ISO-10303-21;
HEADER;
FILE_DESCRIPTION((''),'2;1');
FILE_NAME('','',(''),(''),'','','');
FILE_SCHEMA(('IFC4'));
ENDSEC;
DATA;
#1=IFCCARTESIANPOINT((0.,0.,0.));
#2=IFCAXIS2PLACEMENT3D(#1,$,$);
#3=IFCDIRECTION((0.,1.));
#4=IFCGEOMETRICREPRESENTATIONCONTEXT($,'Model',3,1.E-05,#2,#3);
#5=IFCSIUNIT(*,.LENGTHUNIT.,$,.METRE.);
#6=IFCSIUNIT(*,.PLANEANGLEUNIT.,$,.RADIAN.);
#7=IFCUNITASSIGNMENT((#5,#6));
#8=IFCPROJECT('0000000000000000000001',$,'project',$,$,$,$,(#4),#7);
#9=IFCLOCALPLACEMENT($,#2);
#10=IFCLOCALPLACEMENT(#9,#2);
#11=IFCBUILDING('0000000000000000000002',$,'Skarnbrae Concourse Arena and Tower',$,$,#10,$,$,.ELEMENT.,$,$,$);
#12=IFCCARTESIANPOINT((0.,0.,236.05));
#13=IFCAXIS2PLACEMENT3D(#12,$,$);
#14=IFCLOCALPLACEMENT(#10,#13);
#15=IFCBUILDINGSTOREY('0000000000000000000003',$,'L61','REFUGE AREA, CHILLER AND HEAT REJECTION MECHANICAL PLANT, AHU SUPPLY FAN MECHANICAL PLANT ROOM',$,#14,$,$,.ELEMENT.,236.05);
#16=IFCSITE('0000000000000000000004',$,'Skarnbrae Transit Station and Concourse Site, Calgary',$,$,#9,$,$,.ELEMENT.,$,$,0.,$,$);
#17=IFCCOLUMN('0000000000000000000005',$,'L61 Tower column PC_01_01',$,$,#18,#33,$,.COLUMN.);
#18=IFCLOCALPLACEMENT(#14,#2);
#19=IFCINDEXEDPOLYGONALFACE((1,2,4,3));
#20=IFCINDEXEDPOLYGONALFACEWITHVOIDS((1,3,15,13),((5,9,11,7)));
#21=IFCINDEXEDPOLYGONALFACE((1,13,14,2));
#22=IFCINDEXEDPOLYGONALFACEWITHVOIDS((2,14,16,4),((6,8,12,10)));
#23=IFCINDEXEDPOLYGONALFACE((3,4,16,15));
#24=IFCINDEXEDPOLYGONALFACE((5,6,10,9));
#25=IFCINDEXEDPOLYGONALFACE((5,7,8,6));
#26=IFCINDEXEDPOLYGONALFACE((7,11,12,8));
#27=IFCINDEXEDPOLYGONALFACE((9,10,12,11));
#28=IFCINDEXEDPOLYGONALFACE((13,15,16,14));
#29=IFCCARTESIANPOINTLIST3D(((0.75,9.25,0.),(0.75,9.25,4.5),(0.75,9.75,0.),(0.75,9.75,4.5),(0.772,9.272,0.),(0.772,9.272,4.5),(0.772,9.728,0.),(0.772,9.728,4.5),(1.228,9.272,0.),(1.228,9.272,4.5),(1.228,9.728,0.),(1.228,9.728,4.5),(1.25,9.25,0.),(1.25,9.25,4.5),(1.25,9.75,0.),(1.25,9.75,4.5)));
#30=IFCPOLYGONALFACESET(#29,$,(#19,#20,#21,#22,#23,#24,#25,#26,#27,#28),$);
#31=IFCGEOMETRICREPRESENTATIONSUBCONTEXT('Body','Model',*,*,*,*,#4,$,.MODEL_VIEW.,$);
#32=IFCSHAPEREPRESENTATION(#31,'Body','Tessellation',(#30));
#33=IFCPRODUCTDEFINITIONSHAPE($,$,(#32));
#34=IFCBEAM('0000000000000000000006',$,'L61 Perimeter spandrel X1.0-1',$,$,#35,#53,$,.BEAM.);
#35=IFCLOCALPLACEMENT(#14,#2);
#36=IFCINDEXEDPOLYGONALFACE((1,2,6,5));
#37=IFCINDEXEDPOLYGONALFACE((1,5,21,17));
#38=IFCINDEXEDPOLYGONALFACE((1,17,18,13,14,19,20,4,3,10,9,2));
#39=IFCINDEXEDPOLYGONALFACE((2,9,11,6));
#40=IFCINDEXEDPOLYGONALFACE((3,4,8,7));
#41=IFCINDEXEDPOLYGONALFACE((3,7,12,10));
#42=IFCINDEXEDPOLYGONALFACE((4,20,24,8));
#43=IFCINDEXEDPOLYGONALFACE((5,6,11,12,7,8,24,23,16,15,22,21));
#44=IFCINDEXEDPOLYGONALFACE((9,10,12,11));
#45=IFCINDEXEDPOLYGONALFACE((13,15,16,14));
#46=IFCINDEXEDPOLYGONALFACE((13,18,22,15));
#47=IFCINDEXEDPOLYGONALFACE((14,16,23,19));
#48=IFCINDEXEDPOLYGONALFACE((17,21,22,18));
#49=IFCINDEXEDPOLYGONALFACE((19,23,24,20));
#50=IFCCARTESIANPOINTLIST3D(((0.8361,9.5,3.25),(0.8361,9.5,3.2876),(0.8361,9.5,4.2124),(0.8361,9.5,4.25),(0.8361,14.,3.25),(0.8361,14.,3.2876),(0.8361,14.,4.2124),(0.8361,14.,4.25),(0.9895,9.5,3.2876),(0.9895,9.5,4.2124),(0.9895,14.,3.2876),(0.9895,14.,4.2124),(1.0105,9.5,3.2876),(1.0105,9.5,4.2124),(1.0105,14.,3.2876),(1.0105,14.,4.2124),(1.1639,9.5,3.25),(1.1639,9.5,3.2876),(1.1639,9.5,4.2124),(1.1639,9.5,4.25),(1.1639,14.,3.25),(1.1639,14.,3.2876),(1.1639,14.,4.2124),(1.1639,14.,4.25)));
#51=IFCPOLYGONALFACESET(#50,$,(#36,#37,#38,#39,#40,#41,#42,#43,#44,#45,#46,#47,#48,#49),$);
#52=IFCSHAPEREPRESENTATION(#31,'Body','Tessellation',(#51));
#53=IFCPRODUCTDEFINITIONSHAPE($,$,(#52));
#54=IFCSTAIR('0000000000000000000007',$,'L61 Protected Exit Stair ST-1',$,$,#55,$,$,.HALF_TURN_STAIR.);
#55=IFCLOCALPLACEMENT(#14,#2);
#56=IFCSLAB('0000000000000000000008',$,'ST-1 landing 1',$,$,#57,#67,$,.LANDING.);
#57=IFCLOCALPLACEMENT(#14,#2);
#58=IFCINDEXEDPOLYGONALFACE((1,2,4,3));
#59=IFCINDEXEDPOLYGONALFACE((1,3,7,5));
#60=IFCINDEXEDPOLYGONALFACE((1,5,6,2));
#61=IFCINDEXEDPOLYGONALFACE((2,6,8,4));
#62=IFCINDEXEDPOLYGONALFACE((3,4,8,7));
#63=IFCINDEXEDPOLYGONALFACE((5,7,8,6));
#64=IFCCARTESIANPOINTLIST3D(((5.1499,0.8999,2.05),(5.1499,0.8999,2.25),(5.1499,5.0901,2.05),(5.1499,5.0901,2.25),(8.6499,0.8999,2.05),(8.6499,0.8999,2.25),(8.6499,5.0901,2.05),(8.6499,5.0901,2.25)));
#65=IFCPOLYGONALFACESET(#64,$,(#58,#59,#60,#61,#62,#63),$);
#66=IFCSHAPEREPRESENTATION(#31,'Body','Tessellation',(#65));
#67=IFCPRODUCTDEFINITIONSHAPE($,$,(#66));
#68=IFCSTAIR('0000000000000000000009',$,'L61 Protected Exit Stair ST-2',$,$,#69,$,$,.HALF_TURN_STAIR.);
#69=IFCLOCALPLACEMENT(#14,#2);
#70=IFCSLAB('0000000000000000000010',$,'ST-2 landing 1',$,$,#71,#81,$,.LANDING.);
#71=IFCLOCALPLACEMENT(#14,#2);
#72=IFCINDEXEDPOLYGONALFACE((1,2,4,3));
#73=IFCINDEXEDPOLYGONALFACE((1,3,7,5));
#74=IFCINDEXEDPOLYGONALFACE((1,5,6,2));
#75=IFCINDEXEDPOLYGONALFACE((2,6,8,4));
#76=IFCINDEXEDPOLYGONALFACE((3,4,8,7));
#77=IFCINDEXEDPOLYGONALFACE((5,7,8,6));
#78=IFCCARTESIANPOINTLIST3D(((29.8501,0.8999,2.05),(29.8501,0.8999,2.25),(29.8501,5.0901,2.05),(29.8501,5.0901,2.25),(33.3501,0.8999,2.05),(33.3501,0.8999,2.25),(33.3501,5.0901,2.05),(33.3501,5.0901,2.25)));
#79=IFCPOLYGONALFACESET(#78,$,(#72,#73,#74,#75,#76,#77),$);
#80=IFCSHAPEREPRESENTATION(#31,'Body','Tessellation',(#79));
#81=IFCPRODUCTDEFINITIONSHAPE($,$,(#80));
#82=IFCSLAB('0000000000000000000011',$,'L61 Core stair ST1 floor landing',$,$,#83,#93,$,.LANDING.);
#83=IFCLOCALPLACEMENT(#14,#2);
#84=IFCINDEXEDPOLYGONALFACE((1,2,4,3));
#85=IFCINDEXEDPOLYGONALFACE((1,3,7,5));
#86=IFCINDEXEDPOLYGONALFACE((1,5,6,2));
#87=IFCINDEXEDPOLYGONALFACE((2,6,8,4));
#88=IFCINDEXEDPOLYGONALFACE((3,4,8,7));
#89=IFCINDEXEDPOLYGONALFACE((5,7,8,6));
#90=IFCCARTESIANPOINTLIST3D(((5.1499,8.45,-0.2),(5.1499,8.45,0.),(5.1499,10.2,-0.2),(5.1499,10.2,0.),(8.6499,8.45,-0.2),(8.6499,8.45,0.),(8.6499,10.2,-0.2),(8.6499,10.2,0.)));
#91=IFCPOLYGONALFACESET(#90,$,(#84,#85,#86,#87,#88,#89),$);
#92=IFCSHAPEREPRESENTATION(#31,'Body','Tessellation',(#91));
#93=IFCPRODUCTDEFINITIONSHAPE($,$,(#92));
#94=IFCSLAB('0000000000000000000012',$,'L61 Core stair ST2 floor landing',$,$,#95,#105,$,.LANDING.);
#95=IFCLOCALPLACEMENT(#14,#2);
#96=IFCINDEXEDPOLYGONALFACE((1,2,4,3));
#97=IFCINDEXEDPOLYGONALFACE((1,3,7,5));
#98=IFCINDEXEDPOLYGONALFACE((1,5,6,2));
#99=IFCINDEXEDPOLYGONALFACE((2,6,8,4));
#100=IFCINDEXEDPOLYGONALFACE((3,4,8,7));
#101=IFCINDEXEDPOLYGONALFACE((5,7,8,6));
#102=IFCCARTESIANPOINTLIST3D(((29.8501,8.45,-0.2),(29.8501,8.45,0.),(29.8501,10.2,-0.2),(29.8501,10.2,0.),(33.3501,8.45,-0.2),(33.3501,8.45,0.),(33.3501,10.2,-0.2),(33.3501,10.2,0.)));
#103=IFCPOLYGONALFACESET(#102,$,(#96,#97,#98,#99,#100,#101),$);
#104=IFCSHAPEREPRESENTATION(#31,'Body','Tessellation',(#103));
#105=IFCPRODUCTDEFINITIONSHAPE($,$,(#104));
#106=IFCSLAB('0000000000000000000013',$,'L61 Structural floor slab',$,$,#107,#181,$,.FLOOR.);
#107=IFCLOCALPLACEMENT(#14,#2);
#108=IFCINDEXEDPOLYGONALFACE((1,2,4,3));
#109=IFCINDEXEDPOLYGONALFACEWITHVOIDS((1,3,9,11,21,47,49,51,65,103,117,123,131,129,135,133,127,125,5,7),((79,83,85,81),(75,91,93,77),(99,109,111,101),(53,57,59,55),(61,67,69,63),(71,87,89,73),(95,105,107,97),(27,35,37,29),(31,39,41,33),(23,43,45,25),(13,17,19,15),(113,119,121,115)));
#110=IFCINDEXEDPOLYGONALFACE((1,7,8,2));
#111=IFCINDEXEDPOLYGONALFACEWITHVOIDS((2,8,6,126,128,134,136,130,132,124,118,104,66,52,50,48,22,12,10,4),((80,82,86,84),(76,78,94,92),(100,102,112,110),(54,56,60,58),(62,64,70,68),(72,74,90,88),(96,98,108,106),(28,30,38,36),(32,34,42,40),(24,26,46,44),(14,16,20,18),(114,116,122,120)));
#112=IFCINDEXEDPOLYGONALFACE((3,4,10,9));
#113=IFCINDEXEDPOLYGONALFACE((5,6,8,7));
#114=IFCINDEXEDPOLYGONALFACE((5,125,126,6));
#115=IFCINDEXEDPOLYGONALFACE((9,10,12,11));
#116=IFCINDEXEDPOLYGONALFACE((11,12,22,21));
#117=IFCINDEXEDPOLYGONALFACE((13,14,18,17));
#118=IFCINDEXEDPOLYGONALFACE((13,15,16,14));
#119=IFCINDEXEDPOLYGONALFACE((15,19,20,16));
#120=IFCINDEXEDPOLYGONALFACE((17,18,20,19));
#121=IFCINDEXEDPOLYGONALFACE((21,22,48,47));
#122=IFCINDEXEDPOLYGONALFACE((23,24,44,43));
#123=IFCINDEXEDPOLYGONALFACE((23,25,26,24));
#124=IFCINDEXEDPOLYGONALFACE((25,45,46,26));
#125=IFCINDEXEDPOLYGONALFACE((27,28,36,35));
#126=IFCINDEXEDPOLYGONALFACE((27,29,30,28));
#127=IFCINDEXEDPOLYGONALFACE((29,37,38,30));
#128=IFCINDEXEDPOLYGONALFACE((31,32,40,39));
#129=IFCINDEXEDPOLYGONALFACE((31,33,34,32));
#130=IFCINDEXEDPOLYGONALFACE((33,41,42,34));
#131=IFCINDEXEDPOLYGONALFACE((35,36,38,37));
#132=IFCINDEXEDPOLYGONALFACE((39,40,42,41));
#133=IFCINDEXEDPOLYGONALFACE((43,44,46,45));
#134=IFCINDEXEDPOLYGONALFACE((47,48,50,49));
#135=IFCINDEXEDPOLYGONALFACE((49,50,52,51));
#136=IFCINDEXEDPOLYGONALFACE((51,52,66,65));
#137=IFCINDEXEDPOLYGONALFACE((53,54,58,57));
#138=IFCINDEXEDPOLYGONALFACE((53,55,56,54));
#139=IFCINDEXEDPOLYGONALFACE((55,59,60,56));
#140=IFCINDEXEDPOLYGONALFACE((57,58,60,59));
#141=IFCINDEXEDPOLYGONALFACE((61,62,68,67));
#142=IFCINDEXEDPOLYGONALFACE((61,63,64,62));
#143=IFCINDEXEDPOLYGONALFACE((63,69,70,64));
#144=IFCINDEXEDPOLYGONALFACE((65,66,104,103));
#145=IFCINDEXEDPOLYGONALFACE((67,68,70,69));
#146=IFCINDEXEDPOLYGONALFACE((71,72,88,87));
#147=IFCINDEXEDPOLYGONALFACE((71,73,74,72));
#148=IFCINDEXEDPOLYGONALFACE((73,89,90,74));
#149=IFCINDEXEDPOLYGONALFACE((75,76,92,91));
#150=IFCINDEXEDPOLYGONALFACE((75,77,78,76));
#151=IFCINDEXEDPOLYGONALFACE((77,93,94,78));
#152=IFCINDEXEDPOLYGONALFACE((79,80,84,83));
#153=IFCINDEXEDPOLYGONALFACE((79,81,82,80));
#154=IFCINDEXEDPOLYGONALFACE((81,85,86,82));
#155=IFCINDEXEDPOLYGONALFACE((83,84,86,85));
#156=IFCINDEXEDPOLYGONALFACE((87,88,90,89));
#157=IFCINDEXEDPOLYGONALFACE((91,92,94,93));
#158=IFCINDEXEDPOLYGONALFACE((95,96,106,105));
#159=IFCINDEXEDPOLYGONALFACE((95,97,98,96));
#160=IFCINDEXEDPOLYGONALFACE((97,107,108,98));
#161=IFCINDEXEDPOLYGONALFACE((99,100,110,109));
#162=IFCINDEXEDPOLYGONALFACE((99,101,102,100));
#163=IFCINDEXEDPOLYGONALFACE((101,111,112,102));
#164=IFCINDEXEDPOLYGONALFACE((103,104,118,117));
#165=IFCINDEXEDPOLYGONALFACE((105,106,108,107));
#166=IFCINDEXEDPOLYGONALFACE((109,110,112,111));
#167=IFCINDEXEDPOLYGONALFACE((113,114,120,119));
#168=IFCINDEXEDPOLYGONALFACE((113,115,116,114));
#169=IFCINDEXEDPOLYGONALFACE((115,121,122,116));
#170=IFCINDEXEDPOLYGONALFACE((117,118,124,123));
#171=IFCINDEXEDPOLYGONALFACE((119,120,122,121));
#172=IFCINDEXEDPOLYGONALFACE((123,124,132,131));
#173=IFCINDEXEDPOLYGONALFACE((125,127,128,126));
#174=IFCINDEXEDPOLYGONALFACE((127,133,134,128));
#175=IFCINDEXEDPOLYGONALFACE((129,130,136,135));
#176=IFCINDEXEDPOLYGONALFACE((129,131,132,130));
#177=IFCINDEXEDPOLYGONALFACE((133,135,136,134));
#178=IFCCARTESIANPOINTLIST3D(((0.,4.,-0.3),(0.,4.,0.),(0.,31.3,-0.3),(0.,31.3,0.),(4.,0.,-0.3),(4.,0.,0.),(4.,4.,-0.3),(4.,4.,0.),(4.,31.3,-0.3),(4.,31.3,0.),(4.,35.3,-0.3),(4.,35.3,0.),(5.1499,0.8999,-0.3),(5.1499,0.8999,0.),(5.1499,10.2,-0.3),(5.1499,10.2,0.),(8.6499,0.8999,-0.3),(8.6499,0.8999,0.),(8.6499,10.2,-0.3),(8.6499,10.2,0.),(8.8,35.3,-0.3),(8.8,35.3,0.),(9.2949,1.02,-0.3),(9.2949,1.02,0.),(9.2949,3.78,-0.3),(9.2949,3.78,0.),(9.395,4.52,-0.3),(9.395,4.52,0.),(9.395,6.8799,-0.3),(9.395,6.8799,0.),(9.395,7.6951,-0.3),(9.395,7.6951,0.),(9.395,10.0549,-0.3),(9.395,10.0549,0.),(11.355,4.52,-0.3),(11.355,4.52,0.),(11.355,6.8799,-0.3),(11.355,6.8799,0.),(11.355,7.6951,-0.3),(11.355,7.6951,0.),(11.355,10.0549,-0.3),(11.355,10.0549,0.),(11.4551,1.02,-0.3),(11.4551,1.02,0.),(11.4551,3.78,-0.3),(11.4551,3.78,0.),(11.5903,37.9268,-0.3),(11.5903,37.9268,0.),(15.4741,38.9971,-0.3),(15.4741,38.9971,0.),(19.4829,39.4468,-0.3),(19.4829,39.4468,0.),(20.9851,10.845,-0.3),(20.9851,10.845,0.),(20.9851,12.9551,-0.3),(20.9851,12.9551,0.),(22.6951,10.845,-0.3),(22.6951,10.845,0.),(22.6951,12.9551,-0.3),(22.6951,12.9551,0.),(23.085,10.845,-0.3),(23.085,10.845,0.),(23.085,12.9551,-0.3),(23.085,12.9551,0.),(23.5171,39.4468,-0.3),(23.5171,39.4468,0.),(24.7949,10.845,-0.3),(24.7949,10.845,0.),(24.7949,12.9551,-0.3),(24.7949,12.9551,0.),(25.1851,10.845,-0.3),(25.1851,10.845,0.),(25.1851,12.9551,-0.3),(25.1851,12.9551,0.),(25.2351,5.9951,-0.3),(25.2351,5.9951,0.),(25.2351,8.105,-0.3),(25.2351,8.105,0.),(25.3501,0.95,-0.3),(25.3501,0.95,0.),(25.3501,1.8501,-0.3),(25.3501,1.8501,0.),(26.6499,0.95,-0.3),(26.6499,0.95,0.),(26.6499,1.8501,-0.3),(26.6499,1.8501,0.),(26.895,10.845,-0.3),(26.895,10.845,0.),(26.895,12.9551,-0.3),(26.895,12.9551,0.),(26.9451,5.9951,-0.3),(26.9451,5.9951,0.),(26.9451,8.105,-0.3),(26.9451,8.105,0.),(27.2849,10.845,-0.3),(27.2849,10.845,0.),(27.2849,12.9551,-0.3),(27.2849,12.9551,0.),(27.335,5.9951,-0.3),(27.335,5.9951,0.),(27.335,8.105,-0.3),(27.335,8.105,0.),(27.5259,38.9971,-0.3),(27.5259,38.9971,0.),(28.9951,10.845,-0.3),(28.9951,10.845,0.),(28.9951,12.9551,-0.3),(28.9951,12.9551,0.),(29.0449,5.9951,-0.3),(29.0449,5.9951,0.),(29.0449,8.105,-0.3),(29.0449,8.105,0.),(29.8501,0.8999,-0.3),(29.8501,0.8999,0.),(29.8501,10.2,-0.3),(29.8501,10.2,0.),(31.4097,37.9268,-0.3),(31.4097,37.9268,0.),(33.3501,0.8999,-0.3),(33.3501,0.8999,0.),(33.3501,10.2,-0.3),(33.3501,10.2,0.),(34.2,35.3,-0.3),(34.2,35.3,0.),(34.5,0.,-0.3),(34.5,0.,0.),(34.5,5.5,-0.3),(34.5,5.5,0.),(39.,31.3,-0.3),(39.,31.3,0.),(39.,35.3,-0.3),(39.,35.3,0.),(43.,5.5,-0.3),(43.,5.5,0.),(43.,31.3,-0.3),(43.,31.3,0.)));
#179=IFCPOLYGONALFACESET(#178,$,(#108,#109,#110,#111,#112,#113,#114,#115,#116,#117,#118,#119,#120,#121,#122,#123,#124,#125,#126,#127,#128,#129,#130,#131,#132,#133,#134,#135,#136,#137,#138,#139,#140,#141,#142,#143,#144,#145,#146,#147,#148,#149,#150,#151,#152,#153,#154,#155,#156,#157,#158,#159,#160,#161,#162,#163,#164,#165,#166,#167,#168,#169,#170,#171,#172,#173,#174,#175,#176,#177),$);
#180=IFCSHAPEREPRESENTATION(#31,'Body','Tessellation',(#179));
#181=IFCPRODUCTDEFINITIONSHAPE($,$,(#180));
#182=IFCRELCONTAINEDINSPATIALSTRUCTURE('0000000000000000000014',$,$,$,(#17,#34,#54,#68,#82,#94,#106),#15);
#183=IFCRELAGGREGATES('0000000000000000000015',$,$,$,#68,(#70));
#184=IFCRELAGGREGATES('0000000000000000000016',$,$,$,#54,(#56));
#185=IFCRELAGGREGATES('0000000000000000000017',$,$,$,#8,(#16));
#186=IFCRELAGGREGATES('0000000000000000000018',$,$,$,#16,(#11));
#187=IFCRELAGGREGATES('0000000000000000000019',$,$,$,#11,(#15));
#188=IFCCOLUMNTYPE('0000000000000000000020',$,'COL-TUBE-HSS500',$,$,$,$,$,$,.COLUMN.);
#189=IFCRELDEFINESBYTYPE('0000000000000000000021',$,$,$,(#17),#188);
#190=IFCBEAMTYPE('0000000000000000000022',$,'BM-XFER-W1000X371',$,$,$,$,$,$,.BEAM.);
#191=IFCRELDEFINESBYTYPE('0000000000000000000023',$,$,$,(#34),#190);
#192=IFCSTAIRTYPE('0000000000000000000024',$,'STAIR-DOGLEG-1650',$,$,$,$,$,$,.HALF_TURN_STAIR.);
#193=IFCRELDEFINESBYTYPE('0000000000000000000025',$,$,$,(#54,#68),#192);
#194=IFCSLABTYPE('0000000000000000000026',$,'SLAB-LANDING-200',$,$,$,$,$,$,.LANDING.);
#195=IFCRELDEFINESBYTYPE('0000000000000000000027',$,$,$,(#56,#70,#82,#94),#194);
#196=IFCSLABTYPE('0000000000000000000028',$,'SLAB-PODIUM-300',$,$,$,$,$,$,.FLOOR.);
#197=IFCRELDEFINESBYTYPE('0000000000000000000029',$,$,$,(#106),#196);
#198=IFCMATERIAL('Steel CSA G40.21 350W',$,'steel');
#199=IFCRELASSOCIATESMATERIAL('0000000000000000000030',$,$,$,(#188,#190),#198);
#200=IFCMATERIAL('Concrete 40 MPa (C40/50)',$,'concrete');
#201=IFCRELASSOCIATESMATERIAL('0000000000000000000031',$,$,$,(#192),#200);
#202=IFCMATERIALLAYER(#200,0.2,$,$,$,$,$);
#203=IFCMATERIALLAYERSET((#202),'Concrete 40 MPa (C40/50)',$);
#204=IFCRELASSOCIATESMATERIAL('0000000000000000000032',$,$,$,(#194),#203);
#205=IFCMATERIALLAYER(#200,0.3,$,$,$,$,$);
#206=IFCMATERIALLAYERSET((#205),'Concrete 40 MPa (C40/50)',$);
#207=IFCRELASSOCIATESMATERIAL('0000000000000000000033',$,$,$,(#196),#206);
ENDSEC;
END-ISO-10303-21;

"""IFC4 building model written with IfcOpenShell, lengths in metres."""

from ifc_helpers import new_model, si_unit, direction, frame, origin, origin_2d, place, context, subcontext, project, spatial, polyline, hollow_rectangle, i_section, outline, extrude, source, transform, mapped, material, layer, layer_set, material_profile, profile_set, type_object, element, aggregate, save


model = new_model("IFC4")

# Units and contexts
model_context = context("Model", 3, precision=1e-05, world=origin(), true_north=direction((0.0, 1.0)))
body_context = subcontext(model_context, "Body", "Model", "MODEL_VIEW")
ifc_project = project(units=[si_unit("LENGTHUNIT", "METRE"), si_unit("PLANEANGLEUNIT", "RADIAN")], contexts=[model_context])

# Site, building, storey
site_placement = place(None, origin())
site = spatial("IfcSite", under=ifc_project, at=site_placement, Name="Skarnbrae Transit Station and Concourse Site, Calgary", CompositionType="ELEMENT", RefElevation=0.0)
building_placement = place(site_placement, origin())
building = spatial("IfcBuilding", under=site, at=building_placement, Name="Skarnbrae Concourse Arena and Tower", CompositionType="ELEMENT")
storey_placement = place(building_placement, frame((0.0, 0.0, 236.05)))
storey = spatial("IfcBuildingStorey", under=building, at=storey_placement, Name="L61", Description="REFUGE AREA, CHILLER AND HEAT REJECTION MECHANICAL PLANT, AHU SUPPLY FAN MECHANICAL PLANT ROOM", CompositionType="ELEMENT", Elevation=236.05)

# Column
ifc_material_1 = material(Name="Steel CSA G40.21 350W", Category="steel")
ifc_material_profile_1 = material_profile(ifc_material_1, hollow_rectangle(XDim=0.5, YDim=0.5, WallThickness=0.022, at=origin_2d()), Name="HSS500X500X22.0")
ifc_profile_set_1 = profile_set([ifc_material_profile_1], Name="Steel CSA G40.21 350W")
column_type = type_object("IfcColumnType", Name="COL-TUBE-HSS500", PredefinedType="COLUMN", material=ifc_profile_set_1)
shared_shape_1 = source(origin(), body_context, "Body", "SweptSolid", [
    extrude(hollow_rectangle(XDim=0.5, YDim=0.5, WallThickness=0.022, at=origin_2d()), origin(), (0.0, 0.0, 1.0), 4.5),
])
column_placement = place(storey_placement, frame((1.0, 9.5, 0.0), z_axis=(0.0, 0.0, 1.0), x_axis=(1.0, 0.0, 0.0)))
element("IfcColumn", 1, at=column_placement, inside=storey, type_object=column_type, Name="L61 Tower column PC_01_01", PredefinedType="COLUMN", context=body_context, shape_type="MappedRepresentation", body=[
    mapped(shared_shape_1, transform((0.0, 0.0, 0.0))),
])

# Beam
ifc_material_profile_2 = material_profile(ifc_material_1, i_section(OverallWidth=0.3279, OverallDepth=1.0, WebThickness=0.021, FlangeThickness=0.0376, at=origin_2d()), Name="W1000X371")
ifc_profile_set_2 = profile_set([ifc_material_profile_2], Name="Steel CSA G40.21 350W")
beam_type = type_object("IfcBeamType", Name="BM-XFER-W1000X371", PredefinedType="BEAM", material=ifc_profile_set_2)
shared_shape_2 = source(origin(), body_context, "Body", "SweptSolid", [
    extrude(i_section(OverallWidth=0.3279, OverallDepth=1.0, WebThickness=0.021, FlangeThickness=0.0376, at=origin_2d()), origin(), (0.0, 0.0, 1.0), 4.5),
])
beam_placement = place(storey_placement, frame((1.0, 9.5, 3.75), z_axis=(0.0, 1.0, 0.0), x_axis=(-1.0, 0.0, 0.0)))
element("IfcBeam", 2, at=beam_placement, inside=storey, type_object=beam_type, Name="L61 Perimeter spandrel X1.0-1", PredefinedType="BEAM", context=body_context, shape_type="MappedRepresentation", body=[
    mapped(shared_shape_2, transform((0.0, 0.0, 0.0))),
])

# Stairs, slabs
ifc_material_2 = material(Name="Concrete 40 MPa (C40/50)", Category="concrete")
stair_type = type_object("IfcStairType", Name="STAIR-DOGLEG-1650", PredefinedType="HALF_TURN_STAIR", material=ifc_material_2)
stair_1_placement = place(storey_placement, origin())
stair_1 = element("IfcStair", 3, at=stair_1_placement, inside=storey, type_object=stair_type, Name="L61 Protected Exit Stair ST-1", PredefinedType="HALF_TURN_STAIR")
ifc_layer_1 = layer(ifc_material_2, 0.2)
ifc_layer_set_1 = layer_set([ifc_layer_1], Name="Concrete 40 MPa (C40/50)")
slab_type_1 = type_object("IfcSlabType", Name="SLAB-LANDING-200", PredefinedType="LANDING", material=ifc_layer_set_1)
slab_1_placement = place(storey_placement, frame((0.0, 0.0, 2.05)))
slab_1 = element("IfcSlab", 4, at=slab_1_placement, type_object=slab_type_1, Name="ST-1 landing 1", PredefinedType="LANDING", context=body_context, shape_type="SweptSolid", body=[
    extrude(outline(polyline([(5.1499, 5.0901), (5.1499, 0.8999), (8.6499, 0.8999), (8.6499, 5.0901), (5.1499, 5.0901)])), origin(), (0.0, 0.0, 1.0), 0.2),
])
stair_2_placement = place(storey_placement, origin())
stair_2 = element("IfcStair", 5, at=stair_2_placement, inside=storey, type_object=stair_type, Name="L61 Protected Exit Stair ST-2", PredefinedType="HALF_TURN_STAIR")
slab_2_placement = place(storey_placement, frame((0.0, 0.0, 2.05)))
slab_2 = element("IfcSlab", 6, at=slab_2_placement, type_object=slab_type_1, Name="ST-2 landing 1", PredefinedType="LANDING", context=body_context, shape_type="SweptSolid", body=[
    extrude(outline(polyline([(29.8501, 5.0901), (29.8501, 0.8999), (33.3501, 0.8999), (33.3501, 5.0901), (29.8501, 5.0901)])), origin(), (0.0, 0.0, 1.0), 0.2),
])
aggregate(stair_2, [slab_2])

# Slabs
slab_3_placement = place(storey_placement, frame((0.0, 0.0, -0.2)))
element("IfcSlab", 7, at=slab_3_placement, inside=storey, type_object=slab_type_1, Name="L61 Core stair ST1 floor landing", PredefinedType="LANDING", context=body_context, shape_type="SweptSolid", body=[
    extrude(outline(polyline([(5.1499, 10.2), (5.1499, 8.45), (8.6499, 8.45), (8.6499, 10.2), (5.1499, 10.2)])), origin(), (0.0, 0.0, 1.0), 0.2),
])
slab_4_placement = place(storey_placement, frame((0.0, 0.0, -0.2)))
element("IfcSlab", 8, at=slab_4_placement, inside=storey, type_object=slab_type_1, Name="L61 Core stair ST2 floor landing", PredefinedType="LANDING", context=body_context, shape_type="SweptSolid", body=[
    extrude(outline(polyline([(29.8501, 10.2), (29.8501, 8.45), (33.3501, 8.45), (33.3501, 10.2), (29.8501, 10.2)])), origin(), (0.0, 0.0, 1.0), 0.2),
])
ifc_layer_2 = layer(ifc_material_2, 0.3)
ifc_layer_set_2 = layer_set([ifc_layer_2], Name="Concrete 40 MPa (C40/50)")
slab_type_2 = type_object("IfcSlabType", Name="SLAB-PODIUM-300", PredefinedType="FLOOR", material=ifc_layer_set_2)
slab_5_placement = place(storey_placement, frame((0.0, 0.0, -0.3)))
element("IfcSlab", 9, at=slab_5_placement, inside=storey, type_object=slab_type_2, Name="L61 Structural floor slab", PredefinedType="FLOOR", context=body_context, shape_type="SweptSolid", body=[
    extrude(outline(polyline([(4.0, 0.0), (34.5, 0.0), (34.5, 5.5), (43.0, 5.5), (43.0, 31.3), (39.0, 31.3), (39.0, 35.3), (34.2, 35.3), (31.4097, 37.9268), (27.5259, 38.9971), (23.5171, 39.4468), (19.4829, 39.4468), (15.4741, 38.9971), (11.5903, 37.9268), (8.8, 35.3), (4.0, 35.3), (4.0, 31.3), (0.0, 31.3), (0.0, 4.0), (4.0, 4.0), (4.0, 0.0)]), holes=[polyline([(9.2949, 1.02), (9.2949, 3.78), (11.4551, 3.78), (11.4551, 1.02), (9.2949, 1.02)]), polyline([(8.6499, 10.2), (8.6499, 0.8999), (5.1499, 0.8999), (5.1499, 10.2), (8.6499, 10.2)]), polyline([(9.395, 6.8799), (11.355, 6.8799), (11.355, 4.52), (9.395, 4.52), (9.395, 6.8799)]), polyline([(9.395, 7.6951), (9.395, 10.0549), (11.355, 10.0549), (11.355, 7.6951), (9.395, 7.6951)]), polyline([(20.9851, 12.9551), (22.6951, 12.9551), (22.6951, 10.845), (20.9851, 10.845), (20.9851, 12.9551)]), polyline([(23.085, 12.9551), (24.7949, 12.9551), (24.7949, 10.845), (23.085, 10.845), (23.085, 12.9551)]), polyline([(25.3501, 0.95), (25.3501, 1.8501), (26.6499, 1.8501), (26.6499, 0.95), (25.3501, 0.95)]), polyline([(33.3501, 10.2), (33.3501, 0.8999), (29.8501, 0.8999), (29.8501, 10.2), (33.3501, 10.2)]), polyline([(25.2351, 8.105), (26.9451, 8.105), (26.9451, 5.9951), (25.2351, 5.9951), (25.2351, 8.105)]), polyline([(27.335, 5.9951), (27.335, 8.105), (29.0449, 8.105), (29.0449, 5.9951), (27.335, 5.9951)]), polyline([(25.1851, 12.9551), (26.895, 12.9551), (26.895, 10.845), (25.1851, 10.845), (25.1851, 12.9551)]), polyline([(27.2849, 12.9551), (28.9951, 12.9551), (28.9951, 10.845), (27.2849, 10.845), (27.2849, 12.9551)])]), origin(), (0.0, 0.0, 1.0), 0.3),
])

aggregate(stair_1, [slab_1])

save(model, "model.ifc")
